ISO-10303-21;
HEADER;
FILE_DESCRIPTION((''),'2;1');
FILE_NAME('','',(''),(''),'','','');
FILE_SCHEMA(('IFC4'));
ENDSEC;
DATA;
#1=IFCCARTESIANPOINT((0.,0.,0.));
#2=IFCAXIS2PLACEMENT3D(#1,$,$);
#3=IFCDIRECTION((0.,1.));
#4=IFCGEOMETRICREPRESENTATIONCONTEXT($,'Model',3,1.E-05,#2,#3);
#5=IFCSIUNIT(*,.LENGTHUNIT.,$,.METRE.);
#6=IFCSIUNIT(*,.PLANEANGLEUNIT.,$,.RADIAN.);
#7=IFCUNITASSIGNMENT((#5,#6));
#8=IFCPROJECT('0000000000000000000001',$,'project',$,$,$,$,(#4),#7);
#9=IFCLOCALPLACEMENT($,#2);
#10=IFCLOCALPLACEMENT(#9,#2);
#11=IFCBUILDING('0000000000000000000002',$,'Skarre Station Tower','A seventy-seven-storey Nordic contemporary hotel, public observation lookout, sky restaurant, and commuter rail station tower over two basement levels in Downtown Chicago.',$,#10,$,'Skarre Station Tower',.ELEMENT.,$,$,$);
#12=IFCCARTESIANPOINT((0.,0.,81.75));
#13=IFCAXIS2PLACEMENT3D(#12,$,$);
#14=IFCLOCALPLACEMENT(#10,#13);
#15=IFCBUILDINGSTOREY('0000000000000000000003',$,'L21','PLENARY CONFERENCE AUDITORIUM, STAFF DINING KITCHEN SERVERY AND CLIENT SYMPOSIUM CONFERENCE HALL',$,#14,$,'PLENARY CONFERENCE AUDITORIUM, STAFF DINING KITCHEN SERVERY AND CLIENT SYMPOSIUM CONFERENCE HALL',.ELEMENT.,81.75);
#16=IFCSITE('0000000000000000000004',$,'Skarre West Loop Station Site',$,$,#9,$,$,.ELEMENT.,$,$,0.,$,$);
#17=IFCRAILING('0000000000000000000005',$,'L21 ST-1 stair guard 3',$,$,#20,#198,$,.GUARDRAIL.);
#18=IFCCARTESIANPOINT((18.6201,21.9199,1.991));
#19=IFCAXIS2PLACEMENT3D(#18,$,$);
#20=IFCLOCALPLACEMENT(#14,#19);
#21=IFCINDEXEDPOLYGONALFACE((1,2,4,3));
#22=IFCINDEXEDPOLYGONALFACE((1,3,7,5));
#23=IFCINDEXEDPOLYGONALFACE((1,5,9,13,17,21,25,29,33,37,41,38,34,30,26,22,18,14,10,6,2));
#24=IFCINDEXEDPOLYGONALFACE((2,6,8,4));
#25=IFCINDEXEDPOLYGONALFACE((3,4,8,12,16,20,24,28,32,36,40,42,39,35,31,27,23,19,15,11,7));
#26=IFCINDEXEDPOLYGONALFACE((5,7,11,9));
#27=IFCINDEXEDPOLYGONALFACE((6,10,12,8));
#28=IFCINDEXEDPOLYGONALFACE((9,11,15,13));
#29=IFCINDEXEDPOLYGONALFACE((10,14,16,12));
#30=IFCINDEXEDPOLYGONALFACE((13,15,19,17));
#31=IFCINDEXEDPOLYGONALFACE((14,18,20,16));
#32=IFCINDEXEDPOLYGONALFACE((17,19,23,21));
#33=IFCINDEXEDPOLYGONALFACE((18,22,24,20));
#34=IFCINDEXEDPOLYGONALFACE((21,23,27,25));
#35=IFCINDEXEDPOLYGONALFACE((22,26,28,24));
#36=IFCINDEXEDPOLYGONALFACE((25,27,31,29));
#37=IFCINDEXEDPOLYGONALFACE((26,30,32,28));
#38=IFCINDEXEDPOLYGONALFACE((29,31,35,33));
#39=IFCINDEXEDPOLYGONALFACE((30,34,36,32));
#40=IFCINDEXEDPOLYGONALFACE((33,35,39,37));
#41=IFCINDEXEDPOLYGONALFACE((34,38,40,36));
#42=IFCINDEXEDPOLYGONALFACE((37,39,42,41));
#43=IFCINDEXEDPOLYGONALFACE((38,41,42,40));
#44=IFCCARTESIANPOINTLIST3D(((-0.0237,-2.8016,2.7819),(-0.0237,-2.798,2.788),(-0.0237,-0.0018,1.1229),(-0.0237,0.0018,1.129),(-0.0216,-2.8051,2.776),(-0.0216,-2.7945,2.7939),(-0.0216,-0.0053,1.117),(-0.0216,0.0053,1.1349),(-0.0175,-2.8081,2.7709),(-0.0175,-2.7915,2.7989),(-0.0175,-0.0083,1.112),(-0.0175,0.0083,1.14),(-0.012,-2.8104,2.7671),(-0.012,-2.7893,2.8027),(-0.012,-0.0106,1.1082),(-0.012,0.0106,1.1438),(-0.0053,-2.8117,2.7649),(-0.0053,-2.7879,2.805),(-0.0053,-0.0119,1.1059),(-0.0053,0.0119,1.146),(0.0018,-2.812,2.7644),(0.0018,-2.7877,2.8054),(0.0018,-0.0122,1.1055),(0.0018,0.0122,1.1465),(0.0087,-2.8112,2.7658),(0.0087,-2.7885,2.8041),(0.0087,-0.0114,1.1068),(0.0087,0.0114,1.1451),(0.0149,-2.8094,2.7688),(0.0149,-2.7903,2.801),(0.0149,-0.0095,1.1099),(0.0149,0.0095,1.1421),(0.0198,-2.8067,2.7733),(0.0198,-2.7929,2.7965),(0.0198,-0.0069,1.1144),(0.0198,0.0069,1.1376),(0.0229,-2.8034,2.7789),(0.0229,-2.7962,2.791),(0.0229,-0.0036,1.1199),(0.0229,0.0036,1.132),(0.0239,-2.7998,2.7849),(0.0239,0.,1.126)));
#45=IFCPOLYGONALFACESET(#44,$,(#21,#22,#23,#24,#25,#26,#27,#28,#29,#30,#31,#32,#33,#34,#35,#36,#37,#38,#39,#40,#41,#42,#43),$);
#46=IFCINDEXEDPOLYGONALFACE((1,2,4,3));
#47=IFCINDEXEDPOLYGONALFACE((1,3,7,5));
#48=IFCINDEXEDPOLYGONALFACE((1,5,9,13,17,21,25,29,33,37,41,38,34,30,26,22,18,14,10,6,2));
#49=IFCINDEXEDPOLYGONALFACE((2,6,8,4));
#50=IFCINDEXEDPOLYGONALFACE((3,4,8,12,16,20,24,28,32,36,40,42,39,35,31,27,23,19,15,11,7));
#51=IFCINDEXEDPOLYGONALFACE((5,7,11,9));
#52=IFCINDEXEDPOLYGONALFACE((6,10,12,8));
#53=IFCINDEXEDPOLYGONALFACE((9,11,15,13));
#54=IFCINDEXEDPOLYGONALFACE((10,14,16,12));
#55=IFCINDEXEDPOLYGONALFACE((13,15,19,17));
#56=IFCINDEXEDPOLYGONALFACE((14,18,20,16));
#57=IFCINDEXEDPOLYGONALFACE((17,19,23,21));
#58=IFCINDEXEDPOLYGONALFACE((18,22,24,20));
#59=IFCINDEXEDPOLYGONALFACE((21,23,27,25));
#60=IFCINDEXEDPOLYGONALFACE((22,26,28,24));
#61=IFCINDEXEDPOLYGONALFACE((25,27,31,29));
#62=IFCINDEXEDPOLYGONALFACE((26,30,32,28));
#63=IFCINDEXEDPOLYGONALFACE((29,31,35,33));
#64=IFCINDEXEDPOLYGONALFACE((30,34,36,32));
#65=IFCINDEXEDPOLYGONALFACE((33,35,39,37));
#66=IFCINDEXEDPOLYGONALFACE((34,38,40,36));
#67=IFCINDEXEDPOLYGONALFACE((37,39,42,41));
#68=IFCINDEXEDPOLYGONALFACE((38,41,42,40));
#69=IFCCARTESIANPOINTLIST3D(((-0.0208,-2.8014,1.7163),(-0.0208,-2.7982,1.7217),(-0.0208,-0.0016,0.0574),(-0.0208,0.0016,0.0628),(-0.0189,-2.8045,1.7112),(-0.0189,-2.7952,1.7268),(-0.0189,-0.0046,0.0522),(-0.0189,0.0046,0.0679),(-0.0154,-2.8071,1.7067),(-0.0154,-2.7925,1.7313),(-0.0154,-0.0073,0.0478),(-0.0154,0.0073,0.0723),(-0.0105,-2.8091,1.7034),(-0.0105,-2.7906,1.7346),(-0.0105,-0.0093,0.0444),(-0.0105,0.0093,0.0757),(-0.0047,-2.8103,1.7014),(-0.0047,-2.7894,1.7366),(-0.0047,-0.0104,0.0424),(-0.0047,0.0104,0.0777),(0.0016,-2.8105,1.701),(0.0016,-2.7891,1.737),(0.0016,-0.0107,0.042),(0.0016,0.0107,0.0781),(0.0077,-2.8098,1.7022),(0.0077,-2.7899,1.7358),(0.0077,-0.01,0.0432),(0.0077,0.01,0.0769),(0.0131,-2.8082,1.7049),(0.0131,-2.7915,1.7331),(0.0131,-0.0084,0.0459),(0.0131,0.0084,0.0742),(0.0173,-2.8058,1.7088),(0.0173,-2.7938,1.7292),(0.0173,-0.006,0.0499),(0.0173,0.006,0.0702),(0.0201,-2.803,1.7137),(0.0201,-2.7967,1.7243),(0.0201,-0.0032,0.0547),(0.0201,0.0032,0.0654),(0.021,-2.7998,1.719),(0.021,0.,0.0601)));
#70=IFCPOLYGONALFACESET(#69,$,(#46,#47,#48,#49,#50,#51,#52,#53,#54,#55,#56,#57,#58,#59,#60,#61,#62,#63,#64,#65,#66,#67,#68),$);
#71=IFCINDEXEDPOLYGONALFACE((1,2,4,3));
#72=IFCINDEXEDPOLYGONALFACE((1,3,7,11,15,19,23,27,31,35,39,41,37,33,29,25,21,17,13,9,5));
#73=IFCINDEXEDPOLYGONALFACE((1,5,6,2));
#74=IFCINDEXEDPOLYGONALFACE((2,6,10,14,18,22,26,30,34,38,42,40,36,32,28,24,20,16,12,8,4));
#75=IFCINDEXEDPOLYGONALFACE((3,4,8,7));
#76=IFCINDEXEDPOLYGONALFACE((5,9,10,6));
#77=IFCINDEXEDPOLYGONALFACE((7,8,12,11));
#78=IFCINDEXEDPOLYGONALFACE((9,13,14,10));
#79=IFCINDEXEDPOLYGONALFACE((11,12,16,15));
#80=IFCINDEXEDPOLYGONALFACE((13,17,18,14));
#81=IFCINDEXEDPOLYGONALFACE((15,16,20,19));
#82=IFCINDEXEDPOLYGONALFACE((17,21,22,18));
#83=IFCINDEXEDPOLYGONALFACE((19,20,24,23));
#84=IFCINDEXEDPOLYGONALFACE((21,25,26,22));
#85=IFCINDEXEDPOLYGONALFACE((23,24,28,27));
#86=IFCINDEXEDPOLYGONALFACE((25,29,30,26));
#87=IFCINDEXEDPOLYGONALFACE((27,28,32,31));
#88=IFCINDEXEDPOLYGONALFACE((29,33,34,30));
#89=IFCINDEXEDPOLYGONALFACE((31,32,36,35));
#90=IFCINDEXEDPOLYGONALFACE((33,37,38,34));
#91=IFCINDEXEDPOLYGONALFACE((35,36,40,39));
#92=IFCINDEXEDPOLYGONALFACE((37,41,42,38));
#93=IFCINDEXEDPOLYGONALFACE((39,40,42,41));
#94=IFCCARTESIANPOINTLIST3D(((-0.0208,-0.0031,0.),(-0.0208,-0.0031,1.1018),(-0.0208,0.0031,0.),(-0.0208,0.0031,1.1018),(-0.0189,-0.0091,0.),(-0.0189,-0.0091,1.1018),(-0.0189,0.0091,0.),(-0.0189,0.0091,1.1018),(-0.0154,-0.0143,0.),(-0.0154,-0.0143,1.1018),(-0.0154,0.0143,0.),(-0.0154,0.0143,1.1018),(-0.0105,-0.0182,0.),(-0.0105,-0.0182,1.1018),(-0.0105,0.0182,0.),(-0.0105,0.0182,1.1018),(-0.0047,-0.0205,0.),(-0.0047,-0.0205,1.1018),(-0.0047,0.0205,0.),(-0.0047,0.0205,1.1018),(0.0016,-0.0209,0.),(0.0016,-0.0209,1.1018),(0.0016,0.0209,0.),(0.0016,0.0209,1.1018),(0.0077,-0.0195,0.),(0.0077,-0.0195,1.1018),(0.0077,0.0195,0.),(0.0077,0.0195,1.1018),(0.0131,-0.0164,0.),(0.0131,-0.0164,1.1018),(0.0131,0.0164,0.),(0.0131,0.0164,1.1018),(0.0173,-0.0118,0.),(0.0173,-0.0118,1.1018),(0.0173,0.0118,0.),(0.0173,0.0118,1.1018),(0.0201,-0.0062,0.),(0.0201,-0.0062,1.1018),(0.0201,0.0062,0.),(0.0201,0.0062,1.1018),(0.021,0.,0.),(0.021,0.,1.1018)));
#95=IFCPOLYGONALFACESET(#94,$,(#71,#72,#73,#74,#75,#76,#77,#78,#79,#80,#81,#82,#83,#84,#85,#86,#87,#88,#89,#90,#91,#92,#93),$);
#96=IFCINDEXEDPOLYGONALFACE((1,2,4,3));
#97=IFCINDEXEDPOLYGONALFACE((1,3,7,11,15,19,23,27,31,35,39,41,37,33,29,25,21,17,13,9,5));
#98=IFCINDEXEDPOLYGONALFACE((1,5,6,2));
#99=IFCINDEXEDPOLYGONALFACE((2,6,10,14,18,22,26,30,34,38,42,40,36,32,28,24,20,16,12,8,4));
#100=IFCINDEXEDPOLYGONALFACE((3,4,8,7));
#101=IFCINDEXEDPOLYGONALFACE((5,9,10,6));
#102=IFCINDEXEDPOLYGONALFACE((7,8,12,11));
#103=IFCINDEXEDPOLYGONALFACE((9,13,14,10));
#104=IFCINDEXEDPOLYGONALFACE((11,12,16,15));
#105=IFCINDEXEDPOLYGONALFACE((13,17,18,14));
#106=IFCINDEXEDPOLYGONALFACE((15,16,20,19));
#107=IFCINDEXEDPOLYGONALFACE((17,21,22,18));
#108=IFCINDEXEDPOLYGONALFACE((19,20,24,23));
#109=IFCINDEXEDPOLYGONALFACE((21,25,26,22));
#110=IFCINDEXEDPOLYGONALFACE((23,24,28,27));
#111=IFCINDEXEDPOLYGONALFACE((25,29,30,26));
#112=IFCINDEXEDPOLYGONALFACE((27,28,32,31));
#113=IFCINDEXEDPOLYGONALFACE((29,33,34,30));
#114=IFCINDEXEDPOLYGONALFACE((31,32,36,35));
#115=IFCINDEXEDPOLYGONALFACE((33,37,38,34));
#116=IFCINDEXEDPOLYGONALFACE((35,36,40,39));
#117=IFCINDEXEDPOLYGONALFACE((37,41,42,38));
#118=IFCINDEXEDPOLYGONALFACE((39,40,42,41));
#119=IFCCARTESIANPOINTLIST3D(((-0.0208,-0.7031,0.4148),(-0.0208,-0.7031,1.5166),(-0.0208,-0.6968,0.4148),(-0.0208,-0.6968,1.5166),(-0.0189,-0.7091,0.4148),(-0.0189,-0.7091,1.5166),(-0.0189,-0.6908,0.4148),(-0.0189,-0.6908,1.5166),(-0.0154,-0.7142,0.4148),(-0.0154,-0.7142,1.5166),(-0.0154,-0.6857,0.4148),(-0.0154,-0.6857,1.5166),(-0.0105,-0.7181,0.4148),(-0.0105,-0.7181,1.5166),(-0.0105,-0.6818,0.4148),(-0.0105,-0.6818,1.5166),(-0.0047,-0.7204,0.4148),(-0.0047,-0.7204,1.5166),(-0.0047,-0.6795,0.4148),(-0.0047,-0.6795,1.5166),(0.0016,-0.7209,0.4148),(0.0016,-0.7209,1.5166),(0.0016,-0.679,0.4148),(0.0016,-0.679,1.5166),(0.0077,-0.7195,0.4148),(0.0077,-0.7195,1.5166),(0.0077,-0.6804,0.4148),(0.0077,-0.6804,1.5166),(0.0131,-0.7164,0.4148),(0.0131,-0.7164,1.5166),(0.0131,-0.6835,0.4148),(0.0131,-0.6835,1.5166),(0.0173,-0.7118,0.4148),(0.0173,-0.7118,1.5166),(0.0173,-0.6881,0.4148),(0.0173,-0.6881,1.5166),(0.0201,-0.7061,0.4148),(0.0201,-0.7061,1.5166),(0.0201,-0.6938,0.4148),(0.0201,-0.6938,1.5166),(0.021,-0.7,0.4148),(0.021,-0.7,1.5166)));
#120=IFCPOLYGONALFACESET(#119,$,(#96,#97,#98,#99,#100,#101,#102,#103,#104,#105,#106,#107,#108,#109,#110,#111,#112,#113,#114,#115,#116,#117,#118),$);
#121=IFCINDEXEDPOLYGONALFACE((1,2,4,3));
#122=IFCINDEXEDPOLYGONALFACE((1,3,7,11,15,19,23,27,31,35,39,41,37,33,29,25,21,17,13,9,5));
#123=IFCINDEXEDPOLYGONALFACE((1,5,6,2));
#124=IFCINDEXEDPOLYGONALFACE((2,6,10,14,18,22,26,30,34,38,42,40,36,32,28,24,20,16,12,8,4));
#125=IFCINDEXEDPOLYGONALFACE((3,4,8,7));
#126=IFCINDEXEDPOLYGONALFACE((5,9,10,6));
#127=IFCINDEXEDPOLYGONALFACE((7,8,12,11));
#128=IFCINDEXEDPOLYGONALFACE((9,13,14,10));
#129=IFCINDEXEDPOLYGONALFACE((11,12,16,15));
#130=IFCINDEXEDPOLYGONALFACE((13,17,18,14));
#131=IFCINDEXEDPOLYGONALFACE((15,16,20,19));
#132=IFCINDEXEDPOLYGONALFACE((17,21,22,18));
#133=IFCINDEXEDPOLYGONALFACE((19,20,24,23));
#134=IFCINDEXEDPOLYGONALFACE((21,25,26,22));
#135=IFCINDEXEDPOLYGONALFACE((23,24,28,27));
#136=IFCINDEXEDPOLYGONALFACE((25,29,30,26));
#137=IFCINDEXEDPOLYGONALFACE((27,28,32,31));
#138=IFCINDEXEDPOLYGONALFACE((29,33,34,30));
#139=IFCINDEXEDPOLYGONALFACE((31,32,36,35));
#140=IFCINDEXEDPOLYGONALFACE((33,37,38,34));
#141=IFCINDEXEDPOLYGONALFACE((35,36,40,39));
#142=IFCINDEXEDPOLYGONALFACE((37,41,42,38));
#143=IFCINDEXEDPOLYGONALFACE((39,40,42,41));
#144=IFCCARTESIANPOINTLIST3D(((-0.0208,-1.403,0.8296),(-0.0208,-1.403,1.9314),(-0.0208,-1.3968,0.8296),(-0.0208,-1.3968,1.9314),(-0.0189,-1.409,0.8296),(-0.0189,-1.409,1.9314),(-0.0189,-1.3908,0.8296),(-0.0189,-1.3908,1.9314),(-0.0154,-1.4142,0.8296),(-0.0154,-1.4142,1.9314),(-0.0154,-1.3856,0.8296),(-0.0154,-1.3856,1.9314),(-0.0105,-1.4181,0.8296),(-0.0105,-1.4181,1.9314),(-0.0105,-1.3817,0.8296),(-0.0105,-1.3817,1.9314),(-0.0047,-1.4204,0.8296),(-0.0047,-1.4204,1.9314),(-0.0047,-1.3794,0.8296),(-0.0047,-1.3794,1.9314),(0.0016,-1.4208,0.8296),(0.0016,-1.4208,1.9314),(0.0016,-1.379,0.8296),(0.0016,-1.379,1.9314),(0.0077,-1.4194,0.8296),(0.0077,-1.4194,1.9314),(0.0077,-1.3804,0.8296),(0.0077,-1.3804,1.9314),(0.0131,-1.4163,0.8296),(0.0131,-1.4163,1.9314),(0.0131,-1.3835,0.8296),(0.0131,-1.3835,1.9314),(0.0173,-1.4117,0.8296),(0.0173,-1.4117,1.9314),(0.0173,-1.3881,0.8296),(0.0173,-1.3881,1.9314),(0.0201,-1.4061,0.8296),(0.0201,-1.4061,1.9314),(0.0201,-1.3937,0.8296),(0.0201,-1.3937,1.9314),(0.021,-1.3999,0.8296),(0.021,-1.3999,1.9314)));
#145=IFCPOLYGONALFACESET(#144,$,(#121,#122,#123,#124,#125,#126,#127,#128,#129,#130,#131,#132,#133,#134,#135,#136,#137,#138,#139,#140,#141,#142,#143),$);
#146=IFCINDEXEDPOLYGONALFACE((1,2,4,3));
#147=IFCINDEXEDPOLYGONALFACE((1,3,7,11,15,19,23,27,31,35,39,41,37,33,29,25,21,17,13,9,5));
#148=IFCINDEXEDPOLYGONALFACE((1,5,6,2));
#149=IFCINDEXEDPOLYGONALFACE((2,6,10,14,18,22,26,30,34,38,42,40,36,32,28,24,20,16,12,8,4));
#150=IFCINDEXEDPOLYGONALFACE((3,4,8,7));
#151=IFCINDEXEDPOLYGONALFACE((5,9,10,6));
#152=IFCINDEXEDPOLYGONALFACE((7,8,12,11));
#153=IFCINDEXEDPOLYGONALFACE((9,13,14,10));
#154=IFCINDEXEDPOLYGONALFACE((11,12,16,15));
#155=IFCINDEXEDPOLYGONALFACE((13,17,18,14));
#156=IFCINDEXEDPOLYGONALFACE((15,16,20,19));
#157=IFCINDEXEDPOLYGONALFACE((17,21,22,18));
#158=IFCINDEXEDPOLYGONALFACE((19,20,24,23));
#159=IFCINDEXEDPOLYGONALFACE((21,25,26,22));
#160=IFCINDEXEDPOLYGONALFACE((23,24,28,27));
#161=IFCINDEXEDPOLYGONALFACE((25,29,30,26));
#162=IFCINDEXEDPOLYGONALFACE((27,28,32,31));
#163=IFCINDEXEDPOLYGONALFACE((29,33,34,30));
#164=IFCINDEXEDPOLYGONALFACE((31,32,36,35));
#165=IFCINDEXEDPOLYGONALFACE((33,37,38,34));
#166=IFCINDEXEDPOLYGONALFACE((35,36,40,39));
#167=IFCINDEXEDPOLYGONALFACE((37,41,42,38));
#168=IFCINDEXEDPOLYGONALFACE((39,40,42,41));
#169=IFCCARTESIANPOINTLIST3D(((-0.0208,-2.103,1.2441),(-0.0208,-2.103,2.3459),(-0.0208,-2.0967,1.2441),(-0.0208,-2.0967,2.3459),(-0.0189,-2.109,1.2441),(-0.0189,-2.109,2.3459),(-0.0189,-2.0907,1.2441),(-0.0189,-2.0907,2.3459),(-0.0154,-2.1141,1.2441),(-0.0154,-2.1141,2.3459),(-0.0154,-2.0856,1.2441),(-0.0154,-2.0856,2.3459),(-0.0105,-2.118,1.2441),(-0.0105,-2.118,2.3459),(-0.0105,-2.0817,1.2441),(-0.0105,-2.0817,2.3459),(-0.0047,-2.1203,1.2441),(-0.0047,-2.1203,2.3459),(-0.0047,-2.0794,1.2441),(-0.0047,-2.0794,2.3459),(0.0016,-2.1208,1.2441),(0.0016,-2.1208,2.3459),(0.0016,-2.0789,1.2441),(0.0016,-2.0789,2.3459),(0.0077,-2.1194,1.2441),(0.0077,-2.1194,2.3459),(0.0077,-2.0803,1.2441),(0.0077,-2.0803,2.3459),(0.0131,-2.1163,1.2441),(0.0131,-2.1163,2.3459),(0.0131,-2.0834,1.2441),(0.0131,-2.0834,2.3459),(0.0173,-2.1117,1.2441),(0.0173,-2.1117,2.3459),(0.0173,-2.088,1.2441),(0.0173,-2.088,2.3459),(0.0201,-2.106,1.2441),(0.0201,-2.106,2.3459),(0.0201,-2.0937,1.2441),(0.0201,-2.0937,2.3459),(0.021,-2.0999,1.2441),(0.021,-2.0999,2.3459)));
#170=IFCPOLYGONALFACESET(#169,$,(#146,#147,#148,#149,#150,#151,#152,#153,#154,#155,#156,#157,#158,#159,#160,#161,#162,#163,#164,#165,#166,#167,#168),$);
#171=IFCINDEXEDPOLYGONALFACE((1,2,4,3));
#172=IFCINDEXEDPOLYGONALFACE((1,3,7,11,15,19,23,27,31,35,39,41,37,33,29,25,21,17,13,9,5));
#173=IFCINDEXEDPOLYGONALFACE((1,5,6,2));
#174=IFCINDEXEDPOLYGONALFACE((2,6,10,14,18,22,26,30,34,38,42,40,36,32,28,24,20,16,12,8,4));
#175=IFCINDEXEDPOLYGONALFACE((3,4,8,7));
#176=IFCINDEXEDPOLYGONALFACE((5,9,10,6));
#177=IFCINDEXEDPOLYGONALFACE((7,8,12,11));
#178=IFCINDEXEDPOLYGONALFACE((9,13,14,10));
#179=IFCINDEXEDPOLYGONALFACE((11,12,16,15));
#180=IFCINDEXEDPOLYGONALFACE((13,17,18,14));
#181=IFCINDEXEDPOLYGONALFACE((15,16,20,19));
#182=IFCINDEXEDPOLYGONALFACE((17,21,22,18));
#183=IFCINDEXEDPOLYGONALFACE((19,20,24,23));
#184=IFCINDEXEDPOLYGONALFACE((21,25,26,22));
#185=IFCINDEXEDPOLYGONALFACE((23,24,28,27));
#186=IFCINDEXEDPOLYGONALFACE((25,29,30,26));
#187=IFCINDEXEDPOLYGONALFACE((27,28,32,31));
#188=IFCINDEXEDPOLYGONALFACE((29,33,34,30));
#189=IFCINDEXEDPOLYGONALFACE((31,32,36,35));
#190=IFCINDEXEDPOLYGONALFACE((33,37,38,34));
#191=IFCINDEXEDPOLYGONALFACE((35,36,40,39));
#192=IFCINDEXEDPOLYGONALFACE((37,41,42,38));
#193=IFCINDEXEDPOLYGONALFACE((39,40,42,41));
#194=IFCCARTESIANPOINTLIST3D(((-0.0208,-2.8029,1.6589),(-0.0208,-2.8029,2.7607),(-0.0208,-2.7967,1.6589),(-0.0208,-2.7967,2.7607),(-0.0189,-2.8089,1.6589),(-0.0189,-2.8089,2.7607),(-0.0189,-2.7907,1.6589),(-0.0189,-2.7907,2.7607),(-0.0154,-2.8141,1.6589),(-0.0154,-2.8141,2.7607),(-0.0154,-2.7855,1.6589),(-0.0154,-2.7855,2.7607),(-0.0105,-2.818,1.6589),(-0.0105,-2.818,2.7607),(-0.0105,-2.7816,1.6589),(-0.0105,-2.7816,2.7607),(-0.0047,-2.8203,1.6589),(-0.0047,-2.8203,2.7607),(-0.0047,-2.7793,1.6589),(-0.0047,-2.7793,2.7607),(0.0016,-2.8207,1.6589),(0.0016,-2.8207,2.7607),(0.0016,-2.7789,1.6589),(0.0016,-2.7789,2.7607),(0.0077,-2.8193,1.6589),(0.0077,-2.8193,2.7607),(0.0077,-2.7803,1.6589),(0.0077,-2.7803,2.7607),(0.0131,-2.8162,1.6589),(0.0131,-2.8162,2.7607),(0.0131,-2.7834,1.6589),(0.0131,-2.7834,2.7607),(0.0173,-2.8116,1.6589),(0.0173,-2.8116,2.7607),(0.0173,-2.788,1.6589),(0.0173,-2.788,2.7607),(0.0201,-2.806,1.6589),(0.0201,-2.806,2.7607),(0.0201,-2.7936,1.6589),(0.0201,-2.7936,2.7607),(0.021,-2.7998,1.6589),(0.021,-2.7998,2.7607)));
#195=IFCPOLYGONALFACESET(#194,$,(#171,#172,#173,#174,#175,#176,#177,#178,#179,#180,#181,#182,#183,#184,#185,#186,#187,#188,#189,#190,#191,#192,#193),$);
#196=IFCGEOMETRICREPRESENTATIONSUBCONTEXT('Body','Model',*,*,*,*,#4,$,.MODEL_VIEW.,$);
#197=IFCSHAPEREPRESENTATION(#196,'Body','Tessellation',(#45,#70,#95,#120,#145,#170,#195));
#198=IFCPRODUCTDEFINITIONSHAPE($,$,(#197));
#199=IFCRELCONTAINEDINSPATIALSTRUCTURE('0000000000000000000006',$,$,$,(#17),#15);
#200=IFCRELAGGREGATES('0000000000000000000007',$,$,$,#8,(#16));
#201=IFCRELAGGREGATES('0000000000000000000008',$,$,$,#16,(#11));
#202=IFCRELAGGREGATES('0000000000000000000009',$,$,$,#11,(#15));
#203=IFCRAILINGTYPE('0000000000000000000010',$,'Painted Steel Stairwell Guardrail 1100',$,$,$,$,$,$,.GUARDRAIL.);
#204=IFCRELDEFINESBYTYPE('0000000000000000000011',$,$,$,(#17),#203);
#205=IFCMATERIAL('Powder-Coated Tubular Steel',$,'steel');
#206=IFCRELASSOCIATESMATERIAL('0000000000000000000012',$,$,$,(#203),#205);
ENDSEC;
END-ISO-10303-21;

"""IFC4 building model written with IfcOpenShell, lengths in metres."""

from ifc_helpers import new_model, si_unit, direction, frame, origin, origin_2d, place, context, subcontext, project, spatial, circle, extrude, material, type_object, element, save


model = new_model("IFC4")

# Units and contexts
model_context = context("Model", 3, precision=1e-05, world=origin(), true_north=direction((0.0, 1.0)))
body_context = subcontext(model_context, "Body", "Model", "MODEL_VIEW")
ifc_project = project(units=[si_unit("LENGTHUNIT", "METRE"), si_unit("PLANEANGLEUNIT", "RADIAN")], contexts=[model_context])

# Site, building, storey
site_placement = place(None, origin())
site = spatial("IfcSite", under=ifc_project, at=site_placement, Name="Skarre West Loop Station Site", CompositionType="ELEMENT", RefElevation=0.0)
building_placement = place(site_placement, origin())
building = spatial("IfcBuilding", under=site, at=building_placement, Name="Skarre Station Tower", Description="A seventy-seven-storey Nordic contemporary hotel, public observation lookout, sky restaurant, and commuter rail station tower over two basement levels in Downtown Chicago.", LongName="Skarre Station Tower", CompositionType="ELEMENT")
storey_placement = place(building_placement, frame((0.0, 0.0, 81.75)))
storey = spatial("IfcBuildingStorey", under=building, at=storey_placement, Name="L21", Description="PLENARY CONFERENCE AUDITORIUM, STAFF DINING KITCHEN SERVERY AND CLIENT SYMPOSIUM CONFERENCE HALL", LongName="PLENARY CONFERENCE AUDITORIUM, STAFF DINING KITCHEN SERVERY AND CLIENT SYMPOSIUM CONFERENCE HALL", CompositionType="ELEMENT", Elevation=81.75)

# Railing
ifc_material_1 = material(Name="Powder-Coated Tubular Steel", Category="steel")
railing_type_1 = type_object("IfcRailingType", Name="Painted Steel Stairwell Guardrail 1100", PredefinedType="GUARDRAIL", material=ifc_material_1)
railing_1_placement = place(storey_placement, frame((18.6201, 21.9199, 1.991)))
element("IfcRailing", 1, at=railing_1_placement, inside=storey, type_object=railing_type_1, Name="L21 ST-1 stair guard 3", PredefinedType="GUARDRAIL", context=body_context, shape_type="SweptSolid", body=[
    extrude(circle(Radius=0.0239, at=origin_2d()), frame((0.0, 0.0, 1.126), z_axis=(0.0, -0.86032, 0.509755), x_axis=(1.0, 0.0, 0.0)), (0.0, 0.0, 1.0), 3.2544),
    extrude(circle(Radius=0.021, at=origin_2d()), frame((0.0, 0.0, 0.0601), z_axis=(0.0, -0.86032, 0.509755), x_axis=(1.0, 0.0, 0.0)), (0.0, 0.0, 1.0), 3.2544),
    extrude(circle(Radius=0.021, at=origin_2d()), origin(), (0.0, 0.0, 1.0), 1.1018),
    extrude(circle(Radius=0.021, at=origin_2d()), frame((0.0, -0.7, 0.4148)), (0.0, 0.0, 1.0), 1.1018),
    extrude(circle(Radius=0.021, at=origin_2d()), frame((0.0, -1.3999, 0.8296)), (0.0, 0.0, 1.0), 1.1018),
    extrude(circle(Radius=0.021, at=origin_2d()), frame((0.0, -2.0999, 1.2441)), (0.0, 0.0, 1.0), 1.1018),
    extrude(circle(Radius=0.021, at=origin_2d()), frame((0.0, -2.7998, 1.6589)), (0.0, 0.0, 1.0), 1.1018),
])

save(model, "model.ifc")
